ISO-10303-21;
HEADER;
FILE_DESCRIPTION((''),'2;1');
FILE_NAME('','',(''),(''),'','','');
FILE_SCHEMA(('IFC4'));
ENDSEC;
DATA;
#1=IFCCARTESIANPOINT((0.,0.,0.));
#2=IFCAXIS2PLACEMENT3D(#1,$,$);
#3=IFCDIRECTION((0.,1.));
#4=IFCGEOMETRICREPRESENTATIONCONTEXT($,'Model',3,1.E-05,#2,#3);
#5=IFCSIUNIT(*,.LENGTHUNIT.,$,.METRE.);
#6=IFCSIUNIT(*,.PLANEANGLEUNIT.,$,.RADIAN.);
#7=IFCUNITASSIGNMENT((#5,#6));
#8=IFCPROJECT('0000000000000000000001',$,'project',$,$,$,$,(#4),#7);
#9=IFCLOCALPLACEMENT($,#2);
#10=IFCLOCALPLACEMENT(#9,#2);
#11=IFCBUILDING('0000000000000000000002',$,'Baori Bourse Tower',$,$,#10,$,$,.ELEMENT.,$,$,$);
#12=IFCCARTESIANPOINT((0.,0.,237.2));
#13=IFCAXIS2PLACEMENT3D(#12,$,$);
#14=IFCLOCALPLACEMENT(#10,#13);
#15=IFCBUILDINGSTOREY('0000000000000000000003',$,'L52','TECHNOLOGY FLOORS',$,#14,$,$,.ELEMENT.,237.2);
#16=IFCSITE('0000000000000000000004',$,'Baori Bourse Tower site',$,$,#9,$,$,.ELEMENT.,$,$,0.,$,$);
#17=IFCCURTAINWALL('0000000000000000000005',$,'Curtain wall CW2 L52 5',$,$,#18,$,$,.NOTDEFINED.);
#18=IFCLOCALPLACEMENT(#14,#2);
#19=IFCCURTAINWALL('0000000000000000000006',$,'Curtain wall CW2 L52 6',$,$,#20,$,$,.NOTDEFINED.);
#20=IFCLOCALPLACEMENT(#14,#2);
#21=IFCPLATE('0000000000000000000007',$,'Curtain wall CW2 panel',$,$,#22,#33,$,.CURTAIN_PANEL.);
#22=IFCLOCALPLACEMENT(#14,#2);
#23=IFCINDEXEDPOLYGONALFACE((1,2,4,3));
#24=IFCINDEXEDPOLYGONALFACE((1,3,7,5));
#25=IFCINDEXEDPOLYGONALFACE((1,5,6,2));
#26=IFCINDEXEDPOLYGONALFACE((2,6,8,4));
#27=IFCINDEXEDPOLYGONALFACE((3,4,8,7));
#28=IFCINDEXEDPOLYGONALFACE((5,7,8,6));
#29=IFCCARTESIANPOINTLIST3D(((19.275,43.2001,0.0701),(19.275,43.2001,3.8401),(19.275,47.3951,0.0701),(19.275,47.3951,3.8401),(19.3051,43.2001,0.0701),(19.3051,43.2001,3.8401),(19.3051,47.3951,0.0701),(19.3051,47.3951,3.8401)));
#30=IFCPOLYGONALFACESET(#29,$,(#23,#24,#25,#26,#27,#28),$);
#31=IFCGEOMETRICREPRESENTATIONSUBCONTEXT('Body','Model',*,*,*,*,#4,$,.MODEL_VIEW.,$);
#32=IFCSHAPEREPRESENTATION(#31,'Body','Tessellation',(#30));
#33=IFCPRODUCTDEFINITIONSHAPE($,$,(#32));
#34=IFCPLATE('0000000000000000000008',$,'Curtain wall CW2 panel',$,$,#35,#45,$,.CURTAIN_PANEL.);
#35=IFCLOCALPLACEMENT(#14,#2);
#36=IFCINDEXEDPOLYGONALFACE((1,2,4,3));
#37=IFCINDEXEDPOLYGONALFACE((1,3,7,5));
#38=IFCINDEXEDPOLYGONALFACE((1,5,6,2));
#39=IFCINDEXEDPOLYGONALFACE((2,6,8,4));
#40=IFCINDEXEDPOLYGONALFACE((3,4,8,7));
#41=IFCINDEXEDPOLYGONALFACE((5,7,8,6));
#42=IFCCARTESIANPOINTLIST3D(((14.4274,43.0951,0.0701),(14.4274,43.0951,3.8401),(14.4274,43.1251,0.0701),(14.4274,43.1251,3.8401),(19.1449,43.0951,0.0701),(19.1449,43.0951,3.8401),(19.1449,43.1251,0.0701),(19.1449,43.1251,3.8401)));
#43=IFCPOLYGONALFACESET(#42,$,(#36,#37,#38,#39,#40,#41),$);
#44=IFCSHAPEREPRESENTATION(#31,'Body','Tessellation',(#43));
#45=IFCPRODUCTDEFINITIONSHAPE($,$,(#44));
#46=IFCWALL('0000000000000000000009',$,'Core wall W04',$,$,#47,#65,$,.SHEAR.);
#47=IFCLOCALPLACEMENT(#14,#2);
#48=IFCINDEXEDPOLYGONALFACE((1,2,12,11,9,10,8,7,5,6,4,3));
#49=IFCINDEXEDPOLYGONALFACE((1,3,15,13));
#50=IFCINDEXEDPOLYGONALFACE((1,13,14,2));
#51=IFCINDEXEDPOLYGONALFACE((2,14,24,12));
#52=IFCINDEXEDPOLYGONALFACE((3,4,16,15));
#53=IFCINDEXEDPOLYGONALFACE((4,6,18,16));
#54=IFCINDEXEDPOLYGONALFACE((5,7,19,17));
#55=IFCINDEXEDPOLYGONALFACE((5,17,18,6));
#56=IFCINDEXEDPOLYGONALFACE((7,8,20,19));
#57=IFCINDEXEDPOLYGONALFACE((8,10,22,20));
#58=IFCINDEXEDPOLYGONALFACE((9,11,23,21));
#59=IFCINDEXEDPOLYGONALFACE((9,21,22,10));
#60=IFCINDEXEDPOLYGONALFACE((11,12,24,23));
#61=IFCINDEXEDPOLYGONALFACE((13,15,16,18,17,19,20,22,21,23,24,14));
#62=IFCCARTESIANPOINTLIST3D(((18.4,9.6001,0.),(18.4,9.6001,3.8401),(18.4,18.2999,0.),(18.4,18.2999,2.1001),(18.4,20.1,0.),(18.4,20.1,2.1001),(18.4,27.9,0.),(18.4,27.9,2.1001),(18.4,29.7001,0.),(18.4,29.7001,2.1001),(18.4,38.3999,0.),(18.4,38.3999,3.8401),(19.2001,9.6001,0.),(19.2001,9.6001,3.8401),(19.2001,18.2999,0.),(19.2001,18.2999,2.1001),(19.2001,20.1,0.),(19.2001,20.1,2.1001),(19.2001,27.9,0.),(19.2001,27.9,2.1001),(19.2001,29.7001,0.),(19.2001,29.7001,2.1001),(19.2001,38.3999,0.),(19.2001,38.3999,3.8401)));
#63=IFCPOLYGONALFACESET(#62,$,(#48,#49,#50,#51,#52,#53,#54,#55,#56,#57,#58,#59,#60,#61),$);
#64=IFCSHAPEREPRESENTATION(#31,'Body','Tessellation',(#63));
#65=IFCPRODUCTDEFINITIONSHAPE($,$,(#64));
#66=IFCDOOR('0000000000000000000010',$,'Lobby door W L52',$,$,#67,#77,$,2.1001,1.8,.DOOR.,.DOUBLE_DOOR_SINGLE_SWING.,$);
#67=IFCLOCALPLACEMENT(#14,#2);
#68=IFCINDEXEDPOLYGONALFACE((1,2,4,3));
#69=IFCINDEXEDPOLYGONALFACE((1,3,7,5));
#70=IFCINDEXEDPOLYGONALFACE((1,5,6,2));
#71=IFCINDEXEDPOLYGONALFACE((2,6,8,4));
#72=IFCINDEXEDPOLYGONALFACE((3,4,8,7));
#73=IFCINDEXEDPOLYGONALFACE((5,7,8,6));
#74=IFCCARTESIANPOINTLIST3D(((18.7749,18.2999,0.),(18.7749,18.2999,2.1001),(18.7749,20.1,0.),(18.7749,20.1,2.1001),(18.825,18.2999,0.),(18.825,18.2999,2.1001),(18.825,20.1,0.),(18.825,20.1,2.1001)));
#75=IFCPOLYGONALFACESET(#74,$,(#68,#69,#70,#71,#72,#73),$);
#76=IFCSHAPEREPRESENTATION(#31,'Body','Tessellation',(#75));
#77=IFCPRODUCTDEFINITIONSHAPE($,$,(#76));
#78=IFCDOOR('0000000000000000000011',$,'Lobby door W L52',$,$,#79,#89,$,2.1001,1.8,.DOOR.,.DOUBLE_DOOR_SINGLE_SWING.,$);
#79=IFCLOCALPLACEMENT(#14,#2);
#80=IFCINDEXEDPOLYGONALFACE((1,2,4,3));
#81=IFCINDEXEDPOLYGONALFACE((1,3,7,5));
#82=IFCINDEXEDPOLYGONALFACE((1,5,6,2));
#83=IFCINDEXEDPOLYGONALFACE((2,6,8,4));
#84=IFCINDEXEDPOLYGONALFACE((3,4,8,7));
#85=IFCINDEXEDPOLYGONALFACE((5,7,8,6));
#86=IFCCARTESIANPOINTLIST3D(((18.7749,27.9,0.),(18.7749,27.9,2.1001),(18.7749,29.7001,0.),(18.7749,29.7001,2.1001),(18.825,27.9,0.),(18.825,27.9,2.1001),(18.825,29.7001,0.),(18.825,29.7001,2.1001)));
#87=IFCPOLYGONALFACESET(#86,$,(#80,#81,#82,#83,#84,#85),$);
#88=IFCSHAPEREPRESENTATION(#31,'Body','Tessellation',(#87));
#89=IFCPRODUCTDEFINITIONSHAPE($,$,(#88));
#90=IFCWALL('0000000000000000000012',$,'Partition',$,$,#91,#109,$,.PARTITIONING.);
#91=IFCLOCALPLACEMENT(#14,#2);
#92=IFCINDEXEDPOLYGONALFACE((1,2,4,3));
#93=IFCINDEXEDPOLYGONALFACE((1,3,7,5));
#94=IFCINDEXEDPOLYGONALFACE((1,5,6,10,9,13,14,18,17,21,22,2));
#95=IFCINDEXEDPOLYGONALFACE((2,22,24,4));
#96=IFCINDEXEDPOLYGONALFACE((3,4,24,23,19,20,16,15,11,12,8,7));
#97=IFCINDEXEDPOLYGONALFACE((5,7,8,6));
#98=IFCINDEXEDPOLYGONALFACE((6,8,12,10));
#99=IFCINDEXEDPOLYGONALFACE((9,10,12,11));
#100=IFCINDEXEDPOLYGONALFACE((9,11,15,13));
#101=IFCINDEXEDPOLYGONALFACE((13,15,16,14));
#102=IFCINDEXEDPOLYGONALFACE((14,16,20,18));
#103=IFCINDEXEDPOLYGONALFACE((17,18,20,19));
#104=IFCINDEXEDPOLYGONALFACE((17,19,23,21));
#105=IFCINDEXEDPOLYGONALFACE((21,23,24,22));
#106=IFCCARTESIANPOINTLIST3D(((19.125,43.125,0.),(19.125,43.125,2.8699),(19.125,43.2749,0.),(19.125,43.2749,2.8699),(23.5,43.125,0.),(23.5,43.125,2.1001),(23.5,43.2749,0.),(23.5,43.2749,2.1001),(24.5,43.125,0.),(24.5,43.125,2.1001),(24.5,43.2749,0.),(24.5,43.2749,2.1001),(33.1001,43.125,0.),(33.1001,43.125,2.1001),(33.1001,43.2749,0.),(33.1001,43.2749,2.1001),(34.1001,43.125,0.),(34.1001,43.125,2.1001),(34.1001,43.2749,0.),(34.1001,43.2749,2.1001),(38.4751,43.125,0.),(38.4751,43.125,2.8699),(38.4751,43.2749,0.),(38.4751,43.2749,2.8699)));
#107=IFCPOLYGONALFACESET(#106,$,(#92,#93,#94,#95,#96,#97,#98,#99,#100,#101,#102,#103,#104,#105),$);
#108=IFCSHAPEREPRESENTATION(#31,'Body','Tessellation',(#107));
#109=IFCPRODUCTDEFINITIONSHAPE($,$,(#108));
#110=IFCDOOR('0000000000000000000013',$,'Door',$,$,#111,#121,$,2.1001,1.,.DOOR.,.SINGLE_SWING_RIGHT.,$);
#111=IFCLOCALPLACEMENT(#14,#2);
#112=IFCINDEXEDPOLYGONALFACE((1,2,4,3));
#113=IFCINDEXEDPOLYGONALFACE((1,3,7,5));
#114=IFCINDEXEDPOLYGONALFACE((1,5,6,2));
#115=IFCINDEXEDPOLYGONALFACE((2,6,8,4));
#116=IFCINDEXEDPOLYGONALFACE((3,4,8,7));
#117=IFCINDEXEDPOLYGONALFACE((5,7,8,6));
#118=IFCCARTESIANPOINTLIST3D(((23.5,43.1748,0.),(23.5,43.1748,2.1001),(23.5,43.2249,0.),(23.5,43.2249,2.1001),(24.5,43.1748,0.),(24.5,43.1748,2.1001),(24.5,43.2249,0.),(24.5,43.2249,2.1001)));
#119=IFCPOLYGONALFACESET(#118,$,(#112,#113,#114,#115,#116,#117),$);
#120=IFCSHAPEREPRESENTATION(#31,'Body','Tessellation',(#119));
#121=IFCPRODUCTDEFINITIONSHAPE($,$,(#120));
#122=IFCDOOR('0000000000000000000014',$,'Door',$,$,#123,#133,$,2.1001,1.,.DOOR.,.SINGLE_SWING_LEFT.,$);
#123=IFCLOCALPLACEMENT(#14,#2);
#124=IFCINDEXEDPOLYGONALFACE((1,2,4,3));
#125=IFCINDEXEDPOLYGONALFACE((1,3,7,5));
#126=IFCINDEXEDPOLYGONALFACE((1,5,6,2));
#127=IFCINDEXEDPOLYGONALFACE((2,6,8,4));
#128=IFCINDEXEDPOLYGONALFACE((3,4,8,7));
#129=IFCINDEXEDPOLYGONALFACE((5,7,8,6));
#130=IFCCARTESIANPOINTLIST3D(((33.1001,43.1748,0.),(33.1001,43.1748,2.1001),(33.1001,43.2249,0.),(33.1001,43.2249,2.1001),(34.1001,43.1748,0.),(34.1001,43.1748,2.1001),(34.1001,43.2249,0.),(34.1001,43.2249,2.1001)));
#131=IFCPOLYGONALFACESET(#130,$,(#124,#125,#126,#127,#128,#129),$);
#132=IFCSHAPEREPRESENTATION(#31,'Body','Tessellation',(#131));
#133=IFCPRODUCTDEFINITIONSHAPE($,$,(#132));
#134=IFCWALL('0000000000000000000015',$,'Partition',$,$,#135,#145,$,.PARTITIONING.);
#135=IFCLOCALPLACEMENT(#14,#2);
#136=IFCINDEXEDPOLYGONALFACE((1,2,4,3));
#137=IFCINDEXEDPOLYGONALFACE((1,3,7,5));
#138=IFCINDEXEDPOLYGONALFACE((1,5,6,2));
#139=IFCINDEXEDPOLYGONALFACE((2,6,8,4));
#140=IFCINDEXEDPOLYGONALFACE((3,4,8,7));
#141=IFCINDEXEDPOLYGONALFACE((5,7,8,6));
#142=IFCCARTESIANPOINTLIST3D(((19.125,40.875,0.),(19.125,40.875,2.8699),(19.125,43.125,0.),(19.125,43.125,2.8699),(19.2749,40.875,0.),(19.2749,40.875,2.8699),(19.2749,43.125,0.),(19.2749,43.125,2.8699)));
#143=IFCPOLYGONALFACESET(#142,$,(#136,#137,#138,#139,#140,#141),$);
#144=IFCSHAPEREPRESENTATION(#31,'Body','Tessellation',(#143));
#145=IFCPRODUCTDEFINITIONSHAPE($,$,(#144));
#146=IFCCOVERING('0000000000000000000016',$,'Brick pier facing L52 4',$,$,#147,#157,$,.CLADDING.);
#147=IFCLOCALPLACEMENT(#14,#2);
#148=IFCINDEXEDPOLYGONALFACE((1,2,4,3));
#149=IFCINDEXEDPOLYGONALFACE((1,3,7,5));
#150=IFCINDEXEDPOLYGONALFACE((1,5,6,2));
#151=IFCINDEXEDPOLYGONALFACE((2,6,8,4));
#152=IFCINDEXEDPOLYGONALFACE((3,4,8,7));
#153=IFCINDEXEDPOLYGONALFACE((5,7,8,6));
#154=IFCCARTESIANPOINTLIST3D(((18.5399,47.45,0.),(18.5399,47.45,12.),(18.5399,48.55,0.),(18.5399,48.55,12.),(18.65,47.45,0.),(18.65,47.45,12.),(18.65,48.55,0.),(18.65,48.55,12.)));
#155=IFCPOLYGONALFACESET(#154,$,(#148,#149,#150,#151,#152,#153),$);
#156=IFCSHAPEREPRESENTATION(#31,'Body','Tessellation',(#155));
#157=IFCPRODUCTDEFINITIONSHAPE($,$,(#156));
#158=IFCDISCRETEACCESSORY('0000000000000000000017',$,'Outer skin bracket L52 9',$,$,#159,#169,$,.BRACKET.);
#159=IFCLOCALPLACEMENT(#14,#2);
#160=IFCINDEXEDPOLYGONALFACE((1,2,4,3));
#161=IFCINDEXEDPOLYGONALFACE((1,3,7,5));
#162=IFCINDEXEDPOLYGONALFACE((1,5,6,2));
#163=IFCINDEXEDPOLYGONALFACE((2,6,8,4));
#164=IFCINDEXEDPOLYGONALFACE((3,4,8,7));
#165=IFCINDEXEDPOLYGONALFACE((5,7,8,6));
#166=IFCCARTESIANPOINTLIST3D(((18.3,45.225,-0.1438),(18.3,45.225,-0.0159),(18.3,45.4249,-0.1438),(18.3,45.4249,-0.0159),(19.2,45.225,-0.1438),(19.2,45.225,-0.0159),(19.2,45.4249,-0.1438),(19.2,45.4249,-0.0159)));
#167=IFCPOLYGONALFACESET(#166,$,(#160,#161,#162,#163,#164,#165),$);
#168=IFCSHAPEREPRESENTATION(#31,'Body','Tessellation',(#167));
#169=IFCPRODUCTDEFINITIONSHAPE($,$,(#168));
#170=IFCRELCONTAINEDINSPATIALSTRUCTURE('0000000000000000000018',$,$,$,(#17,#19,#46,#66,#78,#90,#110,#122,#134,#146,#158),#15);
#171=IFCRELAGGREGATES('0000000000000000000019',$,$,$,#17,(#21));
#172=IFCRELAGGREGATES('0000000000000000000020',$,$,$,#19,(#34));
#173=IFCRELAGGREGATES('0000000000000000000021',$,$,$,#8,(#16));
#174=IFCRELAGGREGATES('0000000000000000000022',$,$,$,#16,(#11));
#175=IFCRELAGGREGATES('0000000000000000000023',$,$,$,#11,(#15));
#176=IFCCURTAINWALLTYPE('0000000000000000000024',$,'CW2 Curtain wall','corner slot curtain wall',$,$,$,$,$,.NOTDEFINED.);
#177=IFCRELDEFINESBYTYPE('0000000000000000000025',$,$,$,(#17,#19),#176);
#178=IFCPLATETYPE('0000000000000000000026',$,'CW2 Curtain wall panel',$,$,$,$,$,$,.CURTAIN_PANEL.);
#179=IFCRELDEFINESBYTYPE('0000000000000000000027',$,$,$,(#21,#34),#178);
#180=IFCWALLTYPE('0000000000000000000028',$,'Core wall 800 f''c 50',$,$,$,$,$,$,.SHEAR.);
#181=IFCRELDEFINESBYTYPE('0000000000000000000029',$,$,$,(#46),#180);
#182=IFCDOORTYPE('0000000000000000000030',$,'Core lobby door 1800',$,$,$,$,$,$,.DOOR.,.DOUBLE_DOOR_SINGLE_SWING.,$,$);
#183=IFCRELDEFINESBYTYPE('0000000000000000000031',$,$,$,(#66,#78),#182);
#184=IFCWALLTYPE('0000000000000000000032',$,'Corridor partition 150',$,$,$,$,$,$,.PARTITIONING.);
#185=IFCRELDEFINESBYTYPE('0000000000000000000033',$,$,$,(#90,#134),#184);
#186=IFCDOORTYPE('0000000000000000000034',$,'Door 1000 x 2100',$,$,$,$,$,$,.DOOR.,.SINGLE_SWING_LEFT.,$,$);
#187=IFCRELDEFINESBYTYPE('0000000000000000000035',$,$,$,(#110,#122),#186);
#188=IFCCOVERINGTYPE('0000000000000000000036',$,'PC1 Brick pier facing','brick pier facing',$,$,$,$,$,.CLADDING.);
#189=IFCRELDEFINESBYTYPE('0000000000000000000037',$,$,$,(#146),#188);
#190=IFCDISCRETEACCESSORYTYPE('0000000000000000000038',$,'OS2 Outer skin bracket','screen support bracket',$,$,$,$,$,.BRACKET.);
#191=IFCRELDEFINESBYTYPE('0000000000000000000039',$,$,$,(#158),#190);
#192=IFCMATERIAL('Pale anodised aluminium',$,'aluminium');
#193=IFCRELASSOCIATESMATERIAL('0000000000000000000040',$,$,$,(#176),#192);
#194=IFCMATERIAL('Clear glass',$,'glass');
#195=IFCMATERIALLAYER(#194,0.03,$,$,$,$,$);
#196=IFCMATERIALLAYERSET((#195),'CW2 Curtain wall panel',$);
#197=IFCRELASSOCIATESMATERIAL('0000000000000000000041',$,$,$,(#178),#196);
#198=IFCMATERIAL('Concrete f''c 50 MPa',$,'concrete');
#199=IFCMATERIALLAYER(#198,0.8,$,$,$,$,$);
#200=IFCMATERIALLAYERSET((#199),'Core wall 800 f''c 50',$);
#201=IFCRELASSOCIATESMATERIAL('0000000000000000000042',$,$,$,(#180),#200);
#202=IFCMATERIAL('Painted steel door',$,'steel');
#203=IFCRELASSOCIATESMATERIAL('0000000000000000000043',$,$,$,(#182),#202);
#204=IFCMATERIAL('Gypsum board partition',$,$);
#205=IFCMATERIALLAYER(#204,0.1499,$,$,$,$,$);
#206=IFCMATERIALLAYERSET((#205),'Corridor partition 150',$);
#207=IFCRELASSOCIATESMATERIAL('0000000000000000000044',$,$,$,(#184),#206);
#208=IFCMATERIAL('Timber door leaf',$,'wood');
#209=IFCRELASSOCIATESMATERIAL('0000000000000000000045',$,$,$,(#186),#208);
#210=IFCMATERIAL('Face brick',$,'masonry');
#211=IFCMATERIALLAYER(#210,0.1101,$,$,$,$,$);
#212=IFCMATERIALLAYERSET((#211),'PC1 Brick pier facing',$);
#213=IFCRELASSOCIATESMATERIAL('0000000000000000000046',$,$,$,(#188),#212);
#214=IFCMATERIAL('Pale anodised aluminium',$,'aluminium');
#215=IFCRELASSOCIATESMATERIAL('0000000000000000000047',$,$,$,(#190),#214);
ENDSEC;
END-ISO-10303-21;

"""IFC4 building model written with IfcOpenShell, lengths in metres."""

from ifc_helpers import new_model, si_unit, direction, frame, frame_2d, origin, origin_2d, place, context, subcontext, project, spatial, rectangle, extrude, material, layer, layer_set, type_object, element, fill, aggregate, save


model = new_model("IFC4")

# Units and contexts
model_context = context("Model", 3, precision=1e-05, world=origin(), true_north=direction((0.0, 1.0)))
body_context = subcontext(model_context, "Body", "Model", "MODEL_VIEW")
ifc_project = project(units=[si_unit("LENGTHUNIT", "METRE"), si_unit("PLANEANGLEUNIT", "RADIAN")], contexts=[model_context])

# Site, building, storey
site_placement = place(None, origin())
site = spatial("IfcSite", under=ifc_project, at=site_placement, Name="Baori Bourse Tower site", CompositionType="ELEMENT", RefElevation=0.0)
building_placement = place(site_placement, origin())
building = spatial("IfcBuilding", under=site, at=building_placement, Name="Baori Bourse Tower", CompositionType="ELEMENT")
storey_placement = place(building_placement, frame((0.0, 0.0, 237.2)))
storey = spatial("IfcBuildingStorey", under=building, at=storey_placement, Name="L52", Description="TECHNOLOGY FLOORS", CompositionType="ELEMENT", Elevation=237.2)

# Curtain walls
ifc_material_1 = material(Name="Pale anodised aluminium", Category="aluminium")
curtain_wall_type = type_object("IfcCurtainWallType", Name="CW2 Curtain wall", Description="corner slot curtain wall", PredefinedType="NOTDEFINED", material=ifc_material_1)
curtain_wall_1_placement = place(storey_placement, origin())
curtain_wall_1 = element("IfcCurtainWall", 1, at=curtain_wall_1_placement, inside=storey, type_object=curtain_wall_type, Name="Curtain wall CW2 L52 5", PredefinedType="NOTDEFINED")
curtain_wall_2_placement = place(storey_placement, origin())
curtain_wall_2 = element("IfcCurtainWall", 2, at=curtain_wall_2_placement, inside=storey, type_object=curtain_wall_type, Name="Curtain wall CW2 L52 6", PredefinedType="NOTDEFINED")

# Plates
ifc_material_2 = material(Name="Clear glass", Category="glass")
ifc_layer_1 = layer(ifc_material_2, 0.03)
ifc_layer_set_1 = layer_set([ifc_layer_1], Name="CW2 Curtain wall panel")
plate_type = type_object("IfcPlateType", Name="CW2 Curtain wall panel", PredefinedType="CURTAIN_PANEL", material=ifc_layer_set_1)
plate_1_placement = place(storey_placement, frame((19.29, 45.2976, 0.0701), z_axis=(0.0, 0.0, 1.0), x_axis=(0.0, -1.0, 0.0)))
plate_1 = element("IfcPlate", 3, at=plate_1_placement, type_object=plate_type, Name="Curtain wall CW2 panel", PredefinedType="CURTAIN_PANEL", context=body_context, shape_type="SweptSolid", body=[
    extrude(rectangle(XDim=4.1951, YDim=0.03, at=origin_2d()), origin(), (0.0, 0.0, 1.0), 3.77),
])
aggregate(curtain_wall_1, [plate_1])
plate_2_placement = place(storey_placement, frame((16.7861, 43.1101, 0.0701), z_axis=(0.0, 0.0, 1.0), x_axis=(-1.0, 0.0, 0.0)))
plate_2 = element("IfcPlate", 4, at=plate_2_placement, type_object=plate_type, Name="Curtain wall CW2 panel", PredefinedType="CURTAIN_PANEL", context=body_context, shape_type="SweptSolid", body=[
    extrude(rectangle(XDim=4.7175, YDim=0.03, at=origin_2d()), origin(), (0.0, 0.0, 1.0), 3.77),
])
aggregate(curtain_wall_2, [plate_2])

# Walls, openings, doors
ifc_material_3 = material(Name="Concrete f'c 50 MPa", Category="concrete")
ifc_layer_2 = layer(ifc_material_3, 0.8)
ifc_layer_set_2 = layer_set([ifc_layer_2], Name="Core wall 800 f'c 50")
wall_type_1 = type_object("IfcWallType", Name="Core wall 800 f'c 50", PredefinedType="SHEAR", material=ifc_layer_set_2)
wall_1_placement = place(storey_placement, frame((18.8, 38.3999, 0.0), z_axis=(0.0, 0.0, 1.0), x_axis=(0.0, -1.0, 0.0)))
wall_1 = element("IfcWall", 5, at=wall_1_placement, inside=storey, type_object=wall_type_1, Name="Core wall W04", PredefinedType="SHEAR", context=body_context, shape_type="SweptSolid", body=[
    extrude(rectangle(XDim=28.7998, YDim=0.8, at=frame_2d((14.3999, 0.0))), origin(), (0.0, 0.0, 1.0), 3.8401),
])
opening_1_placement = place(wall_1_placement, frame((18.3, 0.0, 0.0)))
opening_1 = element("IfcOpeningElement", 6, at=opening_1_placement, cuts=wall_1, PredefinedType="OPENING", context=body_context, shape_type="SweptSolid", body=[
    extrude(rectangle(XDim=1.8, YDim=2.1001, at=frame_2d((0.8999, 1.05))), frame((0.0, 0.4099, 0.0), z_axis=(0.0, -1.0, 0.0), x_axis=(1.0, 0.0, 0.0)), (0.0, 0.0, 1.0), 0.8201),
])
opening_2_placement = place(wall_1_placement, frame((8.7, 0.0, 0.0)))
opening_2 = element("IfcOpeningElement", 7, at=opening_2_placement, cuts=wall_1, PredefinedType="OPENING", context=body_context, shape_type="SweptSolid", body=[
    extrude(rectangle(XDim=1.8, YDim=2.1001, at=frame_2d((0.8999, 1.05))), frame((0.0, 0.4099, 0.0), z_axis=(0.0, -1.0, 0.0), x_axis=(1.0, 0.0, 0.0)), (0.0, 0.0, 1.0), 0.8201),
])
ifc_material_4 = material(Name="Painted steel door", Category="steel")
door_type_1 = type_object("IfcDoorType", Name="Core lobby door 1800", OperationType="DOUBLE_DOOR_SINGLE_SWING", PredefinedType="DOOR", material=ifc_material_4)
door_1_placement = place(opening_1_placement, origin())
door_1 = element("IfcDoor", 8, at=door_1_placement, inside=storey, type_object=door_type_1, Name="Lobby door W L52", OperationType="DOUBLE_DOOR_SINGLE_SWING", OverallHeight=2.1001, OverallWidth=1.8, PredefinedType="DOOR", context=body_context, shape_type="SweptSolid", body=[
    extrude(rectangle(XDim=1.8, YDim=2.1001, at=frame_2d((0.8999, 1.05))), frame((0.0, 0.0249, 0.0), z_axis=(0.0, -1.0, 0.0), x_axis=(1.0, 0.0, 0.0)), (0.0, 0.0, 1.0), 0.05),
])
fill(opening_1, door_1)
door_2_placement = place(opening_2_placement, origin())
door_2 = element("IfcDoor", 9, at=door_2_placement, inside=storey, type_object=door_type_1, Name="Lobby door W L52", OperationType="DOUBLE_DOOR_SINGLE_SWING", OverallHeight=2.1001, OverallWidth=1.8, PredefinedType="DOOR", context=body_context, shape_type="SweptSolid", body=[
    extrude(rectangle(XDim=1.8, YDim=2.1001, at=frame_2d((0.8999, 1.05))), frame((0.0, 0.0249, 0.0), z_axis=(0.0, -1.0, 0.0), x_axis=(1.0, 0.0, 0.0)), (0.0, 0.0, 1.0), 0.05),
])
fill(opening_2, door_2)
ifc_material_5 = material(Name="Gypsum board partition")
ifc_layer_3 = layer(ifc_material_5, 0.1499)
ifc_layer_set_3 = layer_set([ifc_layer_3], Name="Corridor partition 150")
wall_type_2 = type_object("IfcWallType", Name="Corridor partition 150", PredefinedType="PARTITIONING", material=ifc_layer_set_3)
wall_2_placement = place(storey_placement, frame((19.125, 43.2, 0.0), z_axis=(0.0, 0.0, 1.0), x_axis=(1.0, 0.0, 0.0)))
wall_2 = element("IfcWall", 10, at=wall_2_placement, inside=storey, type_object=wall_type_2, Name="Partition", PredefinedType="PARTITIONING", context=body_context, shape_type="SweptSolid", body=[
    extrude(rectangle(XDim=19.3501, YDim=0.1499, at=frame_2d((9.675, 0.0))), origin(), (0.0, 0.0, 1.0), 2.8699),
])
opening_3_placement = place(wall_2_placement, frame((4.375, 0.0, 0.0)))
opening_3 = element("IfcOpeningElement", 11, at=opening_3_placement, cuts=wall_2, PredefinedType="OPENING", context=body_context, shape_type="SweptSolid", body=[
    extrude(rectangle(XDim=1.0, YDim=2.1001, at=frame_2d((0.5, 1.05))), frame((0.0, 0.085, 0.0), z_axis=(0.0, -1.0, 0.0), x_axis=(1.0, 0.0, 0.0)), (0.0, 0.0, 1.0), 0.1699),
])
opening_4_placement = place(wall_2_placement, frame((13.9751, 0.0, 0.0)))
opening_4 = element("IfcOpeningElement", 12, at=opening_4_placement, cuts=wall_2, PredefinedType="OPENING", context=body_context, shape_type="SweptSolid", body=[
    extrude(rectangle(XDim=1.0, YDim=2.1001, at=frame_2d((0.5, 1.05))), frame((0.0, 0.085, 0.0), z_axis=(0.0, -1.0, 0.0), x_axis=(1.0, 0.0, 0.0)), (0.0, 0.0, 1.0), 0.1699),
])
ifc_material_6 = material(Name="Timber door leaf", Category="wood")
door_type_2 = type_object("IfcDoorType", Name="Door 1000 x 2100", OperationType="SINGLE_SWING_LEFT", PredefinedType="DOOR", material=ifc_material_6)
door_3_placement = place(opening_3_placement, origin())
door_3 = element("IfcDoor", 13, at=door_3_placement, inside=storey, type_object=door_type_2, Name="Door", OperationType="SINGLE_SWING_RIGHT", OverallHeight=2.1001, OverallWidth=1.0, PredefinedType="DOOR", context=body_context, shape_type="SweptSolid", body=[
    extrude(rectangle(XDim=1.0, YDim=2.1001, at=frame_2d((0.5, 1.05))), frame((0.0, 0.0249, 0.0), z_axis=(0.0, -1.0, 0.0), x_axis=(1.0, 0.0, 0.0)), (0.0, 0.0, 1.0), 0.05),
])
fill(opening_3, door_3)
door_4_placement = place(opening_4_placement, origin())
door_4 = element("IfcDoor", 14, at=door_4_placement, inside=storey, type_object=door_type_2, Name="Door", OperationType="SINGLE_SWING_LEFT", OverallHeight=2.1001, OverallWidth=1.0, PredefinedType="DOOR", context=body_context, shape_type="SweptSolid", body=[
    extrude(rectangle(XDim=1.0, YDim=2.1001, at=frame_2d((0.5, 1.05))), frame((0.0, 0.0249, 0.0), z_axis=(0.0, -1.0, 0.0), x_axis=(1.0, 0.0, 0.0)), (0.0, 0.0, 1.0), 0.05),
])
fill(opening_4, door_4)

# Wall
wall_3_placement = place(storey_placement, frame((19.2, 40.875, 0.0), z_axis=(0.0, 0.0, 1.0), x_axis=(0.0, 1.0, 0.0)))
element("IfcWall", 15, at=wall_3_placement, inside=storey, type_object=wall_type_2, Name="Partition", PredefinedType="PARTITIONING", context=body_context, shape_type="SweptSolid", body=[
    extrude(rectangle(XDim=2.25, YDim=0.1499, at=frame_2d((1.125, 0.0))), origin(), (0.0, 0.0, 1.0), 2.8699),
])

# Covering
ifc_material_7 = material(Name="Face brick", Category="masonry")
ifc_layer_4 = layer(ifc_material_7, 0.1101)
ifc_layer_set_4 = layer_set([ifc_layer_4], Name="PC1 Brick pier facing")
covering_type = type_object("IfcCoveringType", Name="PC1 Brick pier facing", Description="brick pier facing", PredefinedType="CLADDING", material=ifc_layer_set_4)
covering_placement = place(storey_placement, frame((18.595, 48.0, 0.0), z_axis=(0.0, 0.0, 1.0), x_axis=(1.0, 0.0, 0.0)))
element("IfcCovering", 16, at=covering_placement, inside=storey, type_object=covering_type, Name="Brick pier facing L52 4", PredefinedType="CLADDING", context=body_context, shape_type="SweptSolid", body=[
    extrude(rectangle(XDim=0.1101, YDim=1.1001, at=origin_2d()), origin(), (0.0, 0.0, 1.0), 12.0),
])

# Discrete accessory
ifc_material_8 = material(Name="Pale anodised aluminium", Category="aluminium")
discrete_accessory_type = type_object("IfcDiscreteAccessoryType", Name="OS2 Outer skin bracket", Description="screen support bracket", PredefinedType="BRACKET", material=ifc_material_8)
for number, where, z_axis, x_axis, name in (
    (17, (18.75, 45.325, -0.1438), (0.0, 0.0, 1.0), (0.0, -1.0, 0.0), "Outer skin bracket L52 9"),
):
    element("IfcDiscreteAccessory", number, at=place(storey_placement, frame(where, z_axis=z_axis, x_axis=x_axis)), inside=storey, type_object=discrete_accessory_type, Name=name, PredefinedType="BRACKET", context=body_context, shape_type="SweptSolid", body=[
        extrude(rectangle(XDim=0.2, YDim=0.8999, at=origin_2d()), origin(), (0.0, 0.0, 1.0), 0.1279),
    ])

save(model, "model.ifc")
